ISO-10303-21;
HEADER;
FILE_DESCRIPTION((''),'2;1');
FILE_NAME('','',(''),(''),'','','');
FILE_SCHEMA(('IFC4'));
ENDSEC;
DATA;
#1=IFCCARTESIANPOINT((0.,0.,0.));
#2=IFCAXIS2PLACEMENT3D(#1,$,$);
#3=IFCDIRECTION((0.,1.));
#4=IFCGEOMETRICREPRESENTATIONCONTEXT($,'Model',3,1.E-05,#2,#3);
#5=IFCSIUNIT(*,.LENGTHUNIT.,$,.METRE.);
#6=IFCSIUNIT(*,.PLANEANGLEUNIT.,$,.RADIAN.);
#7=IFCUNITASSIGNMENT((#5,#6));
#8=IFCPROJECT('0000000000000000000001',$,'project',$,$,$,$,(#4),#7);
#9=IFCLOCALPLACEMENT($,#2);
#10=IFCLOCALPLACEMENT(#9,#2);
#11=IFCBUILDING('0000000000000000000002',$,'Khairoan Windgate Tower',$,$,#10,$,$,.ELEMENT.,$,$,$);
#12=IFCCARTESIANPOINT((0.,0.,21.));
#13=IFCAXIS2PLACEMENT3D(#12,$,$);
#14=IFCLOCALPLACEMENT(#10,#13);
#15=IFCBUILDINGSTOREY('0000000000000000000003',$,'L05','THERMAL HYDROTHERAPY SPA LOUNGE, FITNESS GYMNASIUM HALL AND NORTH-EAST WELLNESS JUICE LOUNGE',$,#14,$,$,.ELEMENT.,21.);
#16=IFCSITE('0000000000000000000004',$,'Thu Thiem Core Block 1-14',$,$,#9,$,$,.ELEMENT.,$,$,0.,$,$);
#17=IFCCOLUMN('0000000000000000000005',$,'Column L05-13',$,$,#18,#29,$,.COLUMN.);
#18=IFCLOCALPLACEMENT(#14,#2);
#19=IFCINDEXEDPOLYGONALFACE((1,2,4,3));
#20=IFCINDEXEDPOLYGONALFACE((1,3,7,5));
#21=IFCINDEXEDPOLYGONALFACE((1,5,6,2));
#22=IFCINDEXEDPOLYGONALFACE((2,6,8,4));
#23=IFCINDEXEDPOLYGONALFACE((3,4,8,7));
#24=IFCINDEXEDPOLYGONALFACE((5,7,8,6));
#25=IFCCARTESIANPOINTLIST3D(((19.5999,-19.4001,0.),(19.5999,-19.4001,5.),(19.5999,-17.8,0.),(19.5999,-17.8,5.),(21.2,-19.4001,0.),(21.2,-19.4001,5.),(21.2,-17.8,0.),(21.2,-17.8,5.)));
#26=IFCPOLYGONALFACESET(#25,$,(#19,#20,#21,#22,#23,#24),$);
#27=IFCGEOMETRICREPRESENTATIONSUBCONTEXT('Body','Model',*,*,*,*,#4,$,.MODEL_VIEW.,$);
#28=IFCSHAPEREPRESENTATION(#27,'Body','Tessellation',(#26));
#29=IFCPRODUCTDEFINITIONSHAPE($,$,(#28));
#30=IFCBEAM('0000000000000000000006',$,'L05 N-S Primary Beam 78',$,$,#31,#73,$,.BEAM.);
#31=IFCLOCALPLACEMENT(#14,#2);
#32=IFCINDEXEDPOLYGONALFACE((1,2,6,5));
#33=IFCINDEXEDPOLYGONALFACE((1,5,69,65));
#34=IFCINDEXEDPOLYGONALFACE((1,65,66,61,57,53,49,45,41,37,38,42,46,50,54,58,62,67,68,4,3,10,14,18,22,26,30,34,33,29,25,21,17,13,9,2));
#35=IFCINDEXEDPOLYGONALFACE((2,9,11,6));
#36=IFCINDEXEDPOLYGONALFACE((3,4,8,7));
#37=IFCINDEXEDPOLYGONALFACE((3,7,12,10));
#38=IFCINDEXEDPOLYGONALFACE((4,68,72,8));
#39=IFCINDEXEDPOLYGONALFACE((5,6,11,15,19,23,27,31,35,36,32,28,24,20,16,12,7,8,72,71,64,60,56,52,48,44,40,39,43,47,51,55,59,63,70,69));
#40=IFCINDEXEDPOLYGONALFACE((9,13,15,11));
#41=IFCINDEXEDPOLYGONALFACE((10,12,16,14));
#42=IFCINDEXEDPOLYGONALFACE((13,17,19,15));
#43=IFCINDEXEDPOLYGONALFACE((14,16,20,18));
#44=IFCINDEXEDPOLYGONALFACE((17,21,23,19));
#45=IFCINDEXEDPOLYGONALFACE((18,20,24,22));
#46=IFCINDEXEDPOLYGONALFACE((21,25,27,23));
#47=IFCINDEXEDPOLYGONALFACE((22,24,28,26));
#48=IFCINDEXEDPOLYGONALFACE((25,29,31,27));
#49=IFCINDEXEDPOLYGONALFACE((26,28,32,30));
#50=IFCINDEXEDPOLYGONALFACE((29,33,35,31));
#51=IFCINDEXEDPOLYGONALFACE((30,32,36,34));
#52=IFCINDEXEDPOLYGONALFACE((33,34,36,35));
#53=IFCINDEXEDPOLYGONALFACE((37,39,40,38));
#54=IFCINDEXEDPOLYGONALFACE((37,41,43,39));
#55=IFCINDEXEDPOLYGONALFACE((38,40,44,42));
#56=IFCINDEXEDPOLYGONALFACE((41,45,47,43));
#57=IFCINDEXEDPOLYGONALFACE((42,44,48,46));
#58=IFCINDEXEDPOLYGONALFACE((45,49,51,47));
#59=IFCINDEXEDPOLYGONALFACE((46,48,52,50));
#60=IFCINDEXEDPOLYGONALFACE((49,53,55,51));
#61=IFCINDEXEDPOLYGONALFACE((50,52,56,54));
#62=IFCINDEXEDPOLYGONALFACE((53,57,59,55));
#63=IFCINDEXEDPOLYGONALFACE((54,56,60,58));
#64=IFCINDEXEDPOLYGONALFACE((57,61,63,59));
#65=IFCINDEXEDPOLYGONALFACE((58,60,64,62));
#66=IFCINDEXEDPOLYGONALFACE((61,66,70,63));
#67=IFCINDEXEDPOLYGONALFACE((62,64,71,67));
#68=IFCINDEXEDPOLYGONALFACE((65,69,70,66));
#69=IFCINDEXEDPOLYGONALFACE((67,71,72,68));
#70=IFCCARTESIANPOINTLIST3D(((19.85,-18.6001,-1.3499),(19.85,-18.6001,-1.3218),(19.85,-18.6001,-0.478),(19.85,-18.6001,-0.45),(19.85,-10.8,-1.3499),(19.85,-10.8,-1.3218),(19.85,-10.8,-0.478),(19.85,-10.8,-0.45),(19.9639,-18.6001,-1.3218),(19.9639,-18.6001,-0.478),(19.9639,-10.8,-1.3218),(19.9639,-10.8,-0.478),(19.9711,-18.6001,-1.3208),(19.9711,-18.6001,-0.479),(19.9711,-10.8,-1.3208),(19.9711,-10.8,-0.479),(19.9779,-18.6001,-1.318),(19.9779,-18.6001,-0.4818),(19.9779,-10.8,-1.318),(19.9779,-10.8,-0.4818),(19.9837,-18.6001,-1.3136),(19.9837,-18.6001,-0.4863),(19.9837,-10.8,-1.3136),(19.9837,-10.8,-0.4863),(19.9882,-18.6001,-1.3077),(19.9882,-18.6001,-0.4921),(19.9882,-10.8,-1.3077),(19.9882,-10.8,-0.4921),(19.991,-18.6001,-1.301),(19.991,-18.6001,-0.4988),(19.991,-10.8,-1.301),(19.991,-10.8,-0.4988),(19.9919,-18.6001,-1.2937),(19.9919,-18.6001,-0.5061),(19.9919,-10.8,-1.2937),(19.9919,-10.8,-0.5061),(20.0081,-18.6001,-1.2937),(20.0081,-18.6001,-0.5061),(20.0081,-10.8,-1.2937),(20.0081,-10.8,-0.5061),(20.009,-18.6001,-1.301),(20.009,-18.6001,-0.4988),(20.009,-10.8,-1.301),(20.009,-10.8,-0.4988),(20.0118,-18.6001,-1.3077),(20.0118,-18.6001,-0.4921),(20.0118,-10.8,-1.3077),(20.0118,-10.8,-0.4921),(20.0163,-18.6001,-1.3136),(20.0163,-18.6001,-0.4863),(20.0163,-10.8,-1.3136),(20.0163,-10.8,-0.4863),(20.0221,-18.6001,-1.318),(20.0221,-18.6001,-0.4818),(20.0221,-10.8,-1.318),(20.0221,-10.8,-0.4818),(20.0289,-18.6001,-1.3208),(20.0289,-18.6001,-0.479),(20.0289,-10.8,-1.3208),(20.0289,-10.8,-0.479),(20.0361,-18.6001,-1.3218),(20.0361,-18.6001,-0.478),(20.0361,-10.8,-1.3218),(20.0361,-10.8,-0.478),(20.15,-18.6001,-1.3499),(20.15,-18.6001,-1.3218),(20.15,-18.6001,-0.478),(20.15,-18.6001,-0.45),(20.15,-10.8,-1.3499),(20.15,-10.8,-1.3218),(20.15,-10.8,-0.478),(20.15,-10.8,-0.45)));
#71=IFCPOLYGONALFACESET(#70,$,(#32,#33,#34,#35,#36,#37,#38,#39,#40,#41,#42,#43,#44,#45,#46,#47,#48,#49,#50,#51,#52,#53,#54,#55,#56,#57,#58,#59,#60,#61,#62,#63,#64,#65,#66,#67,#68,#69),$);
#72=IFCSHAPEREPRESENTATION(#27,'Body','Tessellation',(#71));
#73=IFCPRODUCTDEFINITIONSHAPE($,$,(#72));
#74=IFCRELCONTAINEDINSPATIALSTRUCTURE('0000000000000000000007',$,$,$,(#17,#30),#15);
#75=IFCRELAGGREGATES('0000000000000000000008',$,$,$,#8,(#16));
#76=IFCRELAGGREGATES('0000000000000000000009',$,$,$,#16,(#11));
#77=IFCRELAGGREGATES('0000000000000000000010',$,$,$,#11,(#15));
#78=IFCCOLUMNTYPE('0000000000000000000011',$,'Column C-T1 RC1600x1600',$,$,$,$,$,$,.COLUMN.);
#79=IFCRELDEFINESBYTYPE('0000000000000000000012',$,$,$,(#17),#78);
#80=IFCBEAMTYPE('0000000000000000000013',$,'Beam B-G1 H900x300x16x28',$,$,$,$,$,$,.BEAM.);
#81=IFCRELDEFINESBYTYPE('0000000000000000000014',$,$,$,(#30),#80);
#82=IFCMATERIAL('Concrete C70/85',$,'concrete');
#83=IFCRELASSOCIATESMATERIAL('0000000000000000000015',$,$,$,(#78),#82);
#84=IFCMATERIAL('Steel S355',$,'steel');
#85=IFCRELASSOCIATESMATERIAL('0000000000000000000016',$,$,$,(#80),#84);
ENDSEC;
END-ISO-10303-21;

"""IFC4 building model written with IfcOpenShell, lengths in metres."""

from ifc_helpers import new_model, si_unit, direction, frame, origin, origin_2d, place, context, subcontext, project, spatial, rectangle, i_section, extrude, material, material_profile, profile_set, type_object, element, save


model = new_model("IFC4")

# Units and contexts
model_context = context("Model", 3, precision=1e-05, world=origin(), true_north=direction((0.0, 1.0)))
body_context = subcontext(model_context, "Body", "Model", "MODEL_VIEW")
ifc_project = project(units=[si_unit("LENGTHUNIT", "METRE"), si_unit("PLANEANGLEUNIT", "RADIAN")], contexts=[model_context])

# Site, building, storey
site_placement = place(None, origin())
site = spatial("IfcSite", under=ifc_project, at=site_placement, Name="Thu Thiem Core Block 1-14", CompositionType="ELEMENT", RefElevation=0.0)
building_placement = place(site_placement, origin())
building = spatial("IfcBuilding", under=site, at=building_placement, Name="Khairoan Windgate Tower", CompositionType="ELEMENT")
storey_placement = place(building_placement, frame((0.0, 0.0, 21.0)))
storey = spatial("IfcBuildingStorey", under=building, at=storey_placement, Name="L05", Description="THERMAL HYDROTHERAPY SPA LOUNGE, FITNESS GYMNASIUM HALL AND NORTH-EAST WELLNESS JUICE LOUNGE", CompositionType="ELEMENT", Elevation=21.0)

# Column
ifc_material_1 = material(Name="Concrete C70/85", Category="concrete")
ifc_material_profile_1 = material_profile(ifc_material_1, rectangle(XDim=1.6001, YDim=1.6001, at=origin_2d()))
ifc_profile_set_1 = profile_set([ifc_material_profile_1], Name="Concrete C70/85")
column_type = type_object("IfcColumnType", Name="Column C-T1 RC1600x1600", PredefinedType="COLUMN", material=ifc_profile_set_1)
column_placement = place(storey_placement, frame((20.3999, -18.6001, 0.0), z_axis=(0.0, 0.0, 1.0), x_axis=(1.0, 0.0, 0.0)))
element("IfcColumn", 1, at=column_placement, inside=storey, type_object=column_type, Name="Column L05-13", PredefinedType="COLUMN", context=body_context, shape_type="SweptSolid", body=[
    extrude(rectangle(XDim=1.6001, YDim=1.6001, at=origin_2d()), origin(), (0.0, 0.0, 1.0), 5.0),
])

# Beam
ifc_material_2 = material(Name="Steel S355", Category="steel")
ifc_material_profile_2 = material_profile(ifc_material_2, i_section(OverallWidth=0.3, OverallDepth=0.8999, WebThickness=0.0161, FlangeThickness=0.0281, FilletRadius=0.0281, at=origin_2d()))
ifc_profile_set_2 = profile_set([ifc_material_profile_2], Name="Steel S355")
beam_type = type_object("IfcBeamType", Name="Beam B-G1 H900x300x16x28", PredefinedType="BEAM", material=ifc_profile_set_2)
beam_placement = place(storey_placement, frame((20.0, -18.6001, -0.8999), z_axis=(0.0, 1.0, 0.0), x_axis=(-1.0, 0.0, 0.0)))
element("IfcBeam", 2, at=beam_placement, inside=storey, type_object=beam_type, Name="L05 N-S Primary Beam 78", PredefinedType="BEAM", context=body_context, shape_type="SweptSolid", body=[
    extrude(i_section(OverallWidth=0.3, OverallDepth=0.8999, WebThickness=0.0161, FlangeThickness=0.0281, FilletRadius=0.0281, at=origin_2d()), origin(), (0.0, 0.0, 1.0), 7.8),
])

save(model, "model.ifc")
